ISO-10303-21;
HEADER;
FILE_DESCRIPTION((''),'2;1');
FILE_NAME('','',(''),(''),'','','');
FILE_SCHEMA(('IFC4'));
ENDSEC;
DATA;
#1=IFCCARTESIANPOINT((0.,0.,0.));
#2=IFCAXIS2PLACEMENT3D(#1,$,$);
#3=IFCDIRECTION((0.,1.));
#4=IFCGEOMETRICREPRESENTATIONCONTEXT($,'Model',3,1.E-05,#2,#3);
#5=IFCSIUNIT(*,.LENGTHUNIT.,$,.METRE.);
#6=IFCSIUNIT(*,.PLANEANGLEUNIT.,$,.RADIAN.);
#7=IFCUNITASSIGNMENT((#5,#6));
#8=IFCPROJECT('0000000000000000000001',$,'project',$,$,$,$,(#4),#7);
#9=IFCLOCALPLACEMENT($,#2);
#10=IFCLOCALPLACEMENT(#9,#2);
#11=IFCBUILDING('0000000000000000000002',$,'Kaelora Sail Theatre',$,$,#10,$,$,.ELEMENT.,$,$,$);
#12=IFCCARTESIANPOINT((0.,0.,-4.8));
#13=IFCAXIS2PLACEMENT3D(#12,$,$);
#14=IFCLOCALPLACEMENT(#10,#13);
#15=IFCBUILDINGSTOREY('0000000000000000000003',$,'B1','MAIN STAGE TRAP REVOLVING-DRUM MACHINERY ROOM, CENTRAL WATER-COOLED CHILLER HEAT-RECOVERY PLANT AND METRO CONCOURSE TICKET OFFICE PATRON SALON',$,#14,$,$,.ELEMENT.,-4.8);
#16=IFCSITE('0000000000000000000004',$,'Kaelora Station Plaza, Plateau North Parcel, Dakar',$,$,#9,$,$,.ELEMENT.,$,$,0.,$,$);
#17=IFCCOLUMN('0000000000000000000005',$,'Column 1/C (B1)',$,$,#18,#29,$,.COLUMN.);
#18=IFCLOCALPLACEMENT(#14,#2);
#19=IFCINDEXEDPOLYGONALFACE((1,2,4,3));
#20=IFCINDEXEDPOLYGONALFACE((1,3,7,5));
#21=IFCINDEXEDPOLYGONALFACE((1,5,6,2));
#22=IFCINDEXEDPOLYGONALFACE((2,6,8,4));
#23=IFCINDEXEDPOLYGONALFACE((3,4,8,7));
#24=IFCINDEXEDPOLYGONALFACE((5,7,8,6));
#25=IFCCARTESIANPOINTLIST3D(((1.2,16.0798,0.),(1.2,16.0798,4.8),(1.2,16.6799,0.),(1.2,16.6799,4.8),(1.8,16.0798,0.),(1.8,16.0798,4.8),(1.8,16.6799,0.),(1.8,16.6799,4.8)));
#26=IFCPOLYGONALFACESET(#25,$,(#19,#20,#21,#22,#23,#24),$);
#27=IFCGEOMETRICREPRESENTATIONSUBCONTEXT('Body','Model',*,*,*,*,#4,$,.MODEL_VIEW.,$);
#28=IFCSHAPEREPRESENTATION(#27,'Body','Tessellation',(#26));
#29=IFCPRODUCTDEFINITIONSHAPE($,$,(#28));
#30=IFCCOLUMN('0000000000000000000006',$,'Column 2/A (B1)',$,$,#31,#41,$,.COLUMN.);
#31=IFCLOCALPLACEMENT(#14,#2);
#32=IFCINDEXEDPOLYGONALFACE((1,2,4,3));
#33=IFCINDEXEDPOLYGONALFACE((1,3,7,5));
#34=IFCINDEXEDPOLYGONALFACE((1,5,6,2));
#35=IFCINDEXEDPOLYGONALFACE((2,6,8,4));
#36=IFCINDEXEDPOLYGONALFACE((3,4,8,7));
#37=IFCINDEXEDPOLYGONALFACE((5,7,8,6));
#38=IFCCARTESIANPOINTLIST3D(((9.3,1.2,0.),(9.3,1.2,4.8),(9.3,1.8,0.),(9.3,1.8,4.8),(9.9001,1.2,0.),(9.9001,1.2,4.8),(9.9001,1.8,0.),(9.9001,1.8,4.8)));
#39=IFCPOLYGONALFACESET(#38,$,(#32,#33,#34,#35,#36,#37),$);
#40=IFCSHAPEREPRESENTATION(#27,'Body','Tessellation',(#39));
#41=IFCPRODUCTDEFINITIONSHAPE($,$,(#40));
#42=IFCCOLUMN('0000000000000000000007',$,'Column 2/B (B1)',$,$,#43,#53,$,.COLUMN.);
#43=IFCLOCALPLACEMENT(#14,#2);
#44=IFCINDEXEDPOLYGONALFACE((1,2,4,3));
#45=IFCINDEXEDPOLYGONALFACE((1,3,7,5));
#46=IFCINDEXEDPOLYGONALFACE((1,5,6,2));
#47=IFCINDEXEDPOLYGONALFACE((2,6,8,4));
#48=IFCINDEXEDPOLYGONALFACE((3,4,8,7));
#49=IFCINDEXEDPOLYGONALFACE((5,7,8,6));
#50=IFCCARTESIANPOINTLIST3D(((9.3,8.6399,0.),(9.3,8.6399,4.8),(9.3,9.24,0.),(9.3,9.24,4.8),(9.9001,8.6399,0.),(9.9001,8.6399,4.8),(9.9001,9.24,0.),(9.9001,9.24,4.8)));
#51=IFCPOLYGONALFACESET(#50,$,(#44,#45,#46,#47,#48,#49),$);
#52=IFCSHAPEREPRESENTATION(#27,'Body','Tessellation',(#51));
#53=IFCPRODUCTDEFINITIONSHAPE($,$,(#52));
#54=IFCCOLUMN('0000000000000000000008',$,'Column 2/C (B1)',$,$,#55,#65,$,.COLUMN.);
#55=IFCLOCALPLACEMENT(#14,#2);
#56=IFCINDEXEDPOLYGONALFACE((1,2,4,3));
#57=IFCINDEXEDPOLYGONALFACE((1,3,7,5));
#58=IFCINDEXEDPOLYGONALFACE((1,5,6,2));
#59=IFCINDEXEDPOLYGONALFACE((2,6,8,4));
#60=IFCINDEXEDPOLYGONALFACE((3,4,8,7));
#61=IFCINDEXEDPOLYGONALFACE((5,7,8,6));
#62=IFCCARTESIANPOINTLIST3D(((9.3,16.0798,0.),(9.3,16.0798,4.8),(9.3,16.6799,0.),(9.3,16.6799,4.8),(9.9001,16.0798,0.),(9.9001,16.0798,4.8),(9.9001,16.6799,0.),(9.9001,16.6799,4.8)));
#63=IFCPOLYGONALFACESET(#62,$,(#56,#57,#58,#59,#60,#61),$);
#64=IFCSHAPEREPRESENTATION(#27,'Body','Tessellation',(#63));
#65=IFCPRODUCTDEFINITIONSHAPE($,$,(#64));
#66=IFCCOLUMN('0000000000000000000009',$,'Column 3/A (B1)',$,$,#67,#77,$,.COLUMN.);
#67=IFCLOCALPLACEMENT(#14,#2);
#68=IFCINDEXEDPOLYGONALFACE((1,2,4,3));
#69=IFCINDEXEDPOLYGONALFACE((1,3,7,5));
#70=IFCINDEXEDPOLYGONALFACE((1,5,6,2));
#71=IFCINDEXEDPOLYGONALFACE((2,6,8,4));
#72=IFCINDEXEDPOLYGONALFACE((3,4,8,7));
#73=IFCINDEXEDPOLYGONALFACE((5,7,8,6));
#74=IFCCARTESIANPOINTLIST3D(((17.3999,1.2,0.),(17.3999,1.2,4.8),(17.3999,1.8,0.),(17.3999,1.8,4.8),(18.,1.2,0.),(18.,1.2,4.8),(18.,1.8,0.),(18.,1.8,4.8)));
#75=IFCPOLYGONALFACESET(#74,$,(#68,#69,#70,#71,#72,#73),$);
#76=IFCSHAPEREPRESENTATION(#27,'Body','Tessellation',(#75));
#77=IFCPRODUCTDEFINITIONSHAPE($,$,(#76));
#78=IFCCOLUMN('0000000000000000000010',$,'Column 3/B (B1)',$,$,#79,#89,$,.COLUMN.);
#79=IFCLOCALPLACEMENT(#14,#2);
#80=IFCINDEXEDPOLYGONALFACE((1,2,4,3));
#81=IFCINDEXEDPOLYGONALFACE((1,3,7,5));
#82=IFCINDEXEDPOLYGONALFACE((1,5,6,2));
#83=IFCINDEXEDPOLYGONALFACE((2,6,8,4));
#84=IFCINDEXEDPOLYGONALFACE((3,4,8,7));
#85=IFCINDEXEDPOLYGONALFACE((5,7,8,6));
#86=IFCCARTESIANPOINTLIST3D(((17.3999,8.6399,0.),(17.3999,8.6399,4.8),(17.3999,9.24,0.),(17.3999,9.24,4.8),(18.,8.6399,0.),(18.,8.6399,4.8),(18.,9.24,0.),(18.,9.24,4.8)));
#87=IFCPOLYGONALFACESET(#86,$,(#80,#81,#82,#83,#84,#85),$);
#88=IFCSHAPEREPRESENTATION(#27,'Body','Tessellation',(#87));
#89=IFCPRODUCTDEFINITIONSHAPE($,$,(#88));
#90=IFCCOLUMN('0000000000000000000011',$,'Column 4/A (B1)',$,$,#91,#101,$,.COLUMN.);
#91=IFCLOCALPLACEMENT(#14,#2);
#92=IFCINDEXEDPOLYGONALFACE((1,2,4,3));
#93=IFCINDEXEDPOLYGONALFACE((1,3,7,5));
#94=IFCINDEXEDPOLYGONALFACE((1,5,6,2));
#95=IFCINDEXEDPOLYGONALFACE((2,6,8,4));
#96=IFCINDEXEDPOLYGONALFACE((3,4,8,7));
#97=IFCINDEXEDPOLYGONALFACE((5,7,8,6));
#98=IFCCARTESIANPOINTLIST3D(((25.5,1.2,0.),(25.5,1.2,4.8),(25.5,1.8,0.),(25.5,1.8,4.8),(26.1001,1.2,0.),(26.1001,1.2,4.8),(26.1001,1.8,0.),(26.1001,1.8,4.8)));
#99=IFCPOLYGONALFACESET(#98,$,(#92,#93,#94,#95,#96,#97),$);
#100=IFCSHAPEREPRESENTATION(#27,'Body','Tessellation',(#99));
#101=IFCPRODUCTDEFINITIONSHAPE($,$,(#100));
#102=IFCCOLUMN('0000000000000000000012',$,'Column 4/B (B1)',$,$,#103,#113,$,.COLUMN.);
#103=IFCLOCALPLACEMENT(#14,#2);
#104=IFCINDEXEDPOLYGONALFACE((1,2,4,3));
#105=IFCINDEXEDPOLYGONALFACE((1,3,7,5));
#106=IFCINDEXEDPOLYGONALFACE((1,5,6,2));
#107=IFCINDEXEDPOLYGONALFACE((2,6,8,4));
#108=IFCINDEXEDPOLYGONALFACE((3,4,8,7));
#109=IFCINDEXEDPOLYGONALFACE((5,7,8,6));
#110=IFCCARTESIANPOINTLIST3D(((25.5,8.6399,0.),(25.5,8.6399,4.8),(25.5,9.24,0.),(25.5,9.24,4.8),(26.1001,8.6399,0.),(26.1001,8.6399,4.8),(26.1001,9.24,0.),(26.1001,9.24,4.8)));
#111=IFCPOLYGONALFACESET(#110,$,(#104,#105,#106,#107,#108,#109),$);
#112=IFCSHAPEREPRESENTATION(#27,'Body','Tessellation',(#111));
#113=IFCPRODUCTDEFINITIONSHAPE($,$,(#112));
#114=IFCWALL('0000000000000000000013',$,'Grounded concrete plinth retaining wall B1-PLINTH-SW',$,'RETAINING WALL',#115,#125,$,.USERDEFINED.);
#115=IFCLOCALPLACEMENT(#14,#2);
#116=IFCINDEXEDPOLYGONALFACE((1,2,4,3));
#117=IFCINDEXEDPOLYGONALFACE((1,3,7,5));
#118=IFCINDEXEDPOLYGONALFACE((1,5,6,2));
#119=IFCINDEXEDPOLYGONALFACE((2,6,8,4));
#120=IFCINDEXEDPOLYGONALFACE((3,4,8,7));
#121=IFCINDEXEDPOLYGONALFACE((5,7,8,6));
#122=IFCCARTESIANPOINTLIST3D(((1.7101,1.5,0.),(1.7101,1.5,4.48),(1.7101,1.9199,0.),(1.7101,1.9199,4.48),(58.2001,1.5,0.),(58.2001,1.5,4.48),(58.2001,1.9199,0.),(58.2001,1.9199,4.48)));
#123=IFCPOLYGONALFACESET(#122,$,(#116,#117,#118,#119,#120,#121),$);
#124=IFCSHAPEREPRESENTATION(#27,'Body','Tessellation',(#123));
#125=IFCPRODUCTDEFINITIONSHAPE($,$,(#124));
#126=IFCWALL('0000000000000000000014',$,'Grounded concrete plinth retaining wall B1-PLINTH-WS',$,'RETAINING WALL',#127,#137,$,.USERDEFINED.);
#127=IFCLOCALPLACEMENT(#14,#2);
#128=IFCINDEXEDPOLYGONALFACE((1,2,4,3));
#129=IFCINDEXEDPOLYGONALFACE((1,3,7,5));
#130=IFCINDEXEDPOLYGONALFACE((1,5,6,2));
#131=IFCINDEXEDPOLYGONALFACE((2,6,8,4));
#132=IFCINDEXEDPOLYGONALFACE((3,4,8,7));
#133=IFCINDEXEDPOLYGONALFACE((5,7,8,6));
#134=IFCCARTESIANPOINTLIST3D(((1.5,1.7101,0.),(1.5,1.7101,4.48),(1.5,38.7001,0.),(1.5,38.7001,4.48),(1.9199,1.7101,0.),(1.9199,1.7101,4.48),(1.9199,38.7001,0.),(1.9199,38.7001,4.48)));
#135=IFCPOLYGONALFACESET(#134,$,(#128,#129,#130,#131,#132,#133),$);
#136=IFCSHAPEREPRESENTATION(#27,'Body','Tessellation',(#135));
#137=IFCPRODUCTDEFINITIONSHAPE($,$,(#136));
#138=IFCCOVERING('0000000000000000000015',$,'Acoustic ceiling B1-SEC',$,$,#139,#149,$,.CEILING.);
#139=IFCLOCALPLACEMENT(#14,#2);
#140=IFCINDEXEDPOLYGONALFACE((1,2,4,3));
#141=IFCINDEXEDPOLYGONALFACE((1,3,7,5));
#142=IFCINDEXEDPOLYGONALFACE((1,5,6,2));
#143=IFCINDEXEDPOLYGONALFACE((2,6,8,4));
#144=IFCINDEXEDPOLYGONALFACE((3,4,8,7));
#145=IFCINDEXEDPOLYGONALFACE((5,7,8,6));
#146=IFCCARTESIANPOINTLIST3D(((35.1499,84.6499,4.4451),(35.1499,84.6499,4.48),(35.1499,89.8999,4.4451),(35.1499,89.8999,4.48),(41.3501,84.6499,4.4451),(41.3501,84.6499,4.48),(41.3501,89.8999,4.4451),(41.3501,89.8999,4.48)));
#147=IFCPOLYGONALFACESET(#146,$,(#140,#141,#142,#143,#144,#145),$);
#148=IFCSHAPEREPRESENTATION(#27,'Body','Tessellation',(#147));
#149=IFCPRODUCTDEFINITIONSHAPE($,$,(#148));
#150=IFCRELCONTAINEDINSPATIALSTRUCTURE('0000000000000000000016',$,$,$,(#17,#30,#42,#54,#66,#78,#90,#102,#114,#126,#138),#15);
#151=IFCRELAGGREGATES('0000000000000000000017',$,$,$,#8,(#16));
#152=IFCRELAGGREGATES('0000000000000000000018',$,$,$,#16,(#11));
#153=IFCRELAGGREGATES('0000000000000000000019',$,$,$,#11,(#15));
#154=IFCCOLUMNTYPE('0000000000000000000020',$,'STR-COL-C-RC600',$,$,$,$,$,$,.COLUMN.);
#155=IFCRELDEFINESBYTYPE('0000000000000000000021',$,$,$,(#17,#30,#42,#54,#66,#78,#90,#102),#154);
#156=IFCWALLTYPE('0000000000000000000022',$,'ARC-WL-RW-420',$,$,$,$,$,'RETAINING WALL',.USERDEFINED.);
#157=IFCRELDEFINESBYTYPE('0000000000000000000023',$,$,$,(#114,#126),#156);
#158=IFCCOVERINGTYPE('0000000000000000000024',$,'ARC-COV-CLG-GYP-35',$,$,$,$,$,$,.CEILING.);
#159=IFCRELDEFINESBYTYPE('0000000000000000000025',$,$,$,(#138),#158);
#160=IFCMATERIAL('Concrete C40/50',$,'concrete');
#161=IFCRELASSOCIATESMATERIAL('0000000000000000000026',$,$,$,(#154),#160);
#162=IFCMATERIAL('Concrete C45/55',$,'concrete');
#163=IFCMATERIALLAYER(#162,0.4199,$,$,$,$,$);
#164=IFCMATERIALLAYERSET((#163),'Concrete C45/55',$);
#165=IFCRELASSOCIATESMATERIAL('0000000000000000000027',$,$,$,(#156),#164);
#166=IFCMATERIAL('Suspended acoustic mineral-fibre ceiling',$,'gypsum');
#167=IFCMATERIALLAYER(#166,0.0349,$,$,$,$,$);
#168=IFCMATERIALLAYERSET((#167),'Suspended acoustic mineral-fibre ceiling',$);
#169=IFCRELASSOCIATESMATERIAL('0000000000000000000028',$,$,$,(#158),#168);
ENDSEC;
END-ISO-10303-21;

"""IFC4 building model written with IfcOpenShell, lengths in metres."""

from ifc_helpers import new_model, si_unit, direction, frame, frame_2d, origin, origin_2d, place, context, subcontext, project, spatial, polyline, rectangle, outline, extrude, material, layer, layer_set, material_profile, profile_set, type_object, element, save


model = new_model("IFC4")

# Units and contexts
model_context = context("Model", 3, precision=1e-05, world=origin(), true_north=direction((0.0, 1.0)))
body_context = subcontext(model_context, "Body", "Model", "MODEL_VIEW")
ifc_project = project(units=[si_unit("LENGTHUNIT", "METRE"), si_unit("PLANEANGLEUNIT", "RADIAN")], contexts=[model_context])

# Site, building, storey
site_placement = place(None, origin())
site = spatial("IfcSite", under=ifc_project, at=site_placement, Name="Kaelora Station Plaza, Plateau North Parcel, Dakar", CompositionType="ELEMENT", RefElevation=0.0)
building_placement = place(site_placement, origin())
building = spatial("IfcBuilding", under=site, at=building_placement, Name="Kaelora Sail Theatre", CompositionType="ELEMENT")
storey_placement = place(building_placement, frame((0.0, 0.0, -4.8)))
storey = spatial("IfcBuildingStorey", under=building, at=storey_placement, Name="B1", Description="MAIN STAGE TRAP REVOLVING-DRUM MACHINERY ROOM, CENTRAL WATER-COOLED CHILLER HEAT-RECOVERY PLANT AND METRO CONCOURSE TICKET OFFICE PATRON SALON", CompositionType="ELEMENT", Elevation=-4.8)

# Columns
ifc_material_1 = material(Name="Concrete C40/50", Category="concrete")
ifc_material_profile_1 = material_profile(ifc_material_1, rectangle(XDim=0.6001, YDim=0.6001, at=origin_2d()), Name="RC-COL 600x600")
ifc_profile_set_1 = profile_set([ifc_material_profile_1], Name="Concrete C40/50")
column_type = type_object("IfcColumnType", Name="STR-COL-C-RC600", PredefinedType="COLUMN", material=ifc_profile_set_1)
for number, where, z_axis, x_axis, name in (
    (1, (1.5, 16.3799, 0.0), (0.0, 0.0, 1.0), (1.0, 0.0, 0.0), "Column 1/C (B1)"),
    (2, (9.6001, 1.5, 0.0), (0.0, 0.0, 1.0), (1.0, 0.0, 0.0), "Column 2/A (B1)"),
    (3, (9.6001, 8.9399, 0.0), (0.0, 0.0, 1.0), (1.0, 0.0, 0.0), "Column 2/B (B1)"),
    (4, (9.6001, 16.3799, 0.0), (0.0, 0.0, 1.0), (1.0, 0.0, 0.0), "Column 2/C (B1)"),
    (5, (17.7, 1.5, 0.0), (0.0, 0.0, 1.0), (1.0, 0.0, 0.0), "Column 3/A (B1)"),
    (6, (17.7, 8.9399, 0.0), (0.0, 0.0, 1.0), (1.0, 0.0, 0.0), "Column 3/B (B1)"),
    (7, (25.8, 1.5, 0.0), (0.0, 0.0, 1.0), (1.0, 0.0, 0.0), "Column 4/A (B1)"),
    (8, (25.8, 8.9399, 0.0), (0.0, 0.0, 1.0), (1.0, 0.0, 0.0), "Column 4/B (B1)"),
):
    element("IfcColumn", number, at=place(storey_placement, frame(where, z_axis=z_axis, x_axis=x_axis)), inside=storey, type_object=column_type, Name=name, PredefinedType="COLUMN", context=body_context, shape_type="SweptSolid", body=[
        extrude(rectangle(XDim=0.6001, YDim=0.6001, at=origin_2d()), origin(), (0.0, 0.0, 1.0), 4.8),
    ])

# Walls
ifc_material_2 = material(Name="Concrete C45/55", Category="concrete")
ifc_layer_1 = layer(ifc_material_2, 0.4199)
ifc_layer_set_1 = layer_set([ifc_layer_1], Name="Concrete C45/55")
wall_type = type_object("IfcWallType", Name="ARC-WL-RW-420", ElementType="RETAINING WALL", PredefinedType="USERDEFINED", material=ifc_layer_set_1)
wall_1_placement = place(storey_placement, frame((1.71, 1.71, 0.0), z_axis=(0.0, 0.0, 1.0), x_axis=(1.0, 0.0, 0.0)))
element("IfcWall", 9, at=wall_1_placement, inside=storey, type_object=wall_type, Name="Grounded concrete plinth retaining wall B1-PLINTH-SW", ObjectType="RETAINING WALL", PredefinedType="USERDEFINED", context=body_context, shape_type="SweptSolid", body=[
    extrude(rectangle(XDim=56.49, YDim=0.4199, at=frame_2d((28.2451, 0.0))), origin(), (0.0, 0.0, 1.0), 4.48),
])
wall_2_placement = place(storey_placement, frame((1.71, 1.71, 0.0), z_axis=(0.0, 0.0, 1.0), x_axis=(0.0, 1.0, 0.0)))
element("IfcWall", 10, at=wall_2_placement, inside=storey, type_object=wall_type, Name="Grounded concrete plinth retaining wall B1-PLINTH-WS", ObjectType="RETAINING WALL", PredefinedType="USERDEFINED", context=body_context, shape_type="SweptSolid", body=[
    extrude(rectangle(XDim=36.99, YDim=0.4199, at=frame_2d((18.4951, 0.0))), origin(), (0.0, 0.0, 1.0), 4.48),
])

# Covering
ifc_material_3 = material(Name="Suspended acoustic mineral-fibre ceiling", Category="gypsum")
ifc_layer_2 = layer(ifc_material_3, 0.0349)
ifc_layer_set_2 = layer_set([ifc_layer_2], Name="Suspended acoustic mineral-fibre ceiling")
covering_type = type_object("IfcCoveringType", Name="ARC-COV-CLG-GYP-35", PredefinedType="CEILING", material=ifc_layer_set_2)
covering_placement = place(storey_placement, frame((0.0, 0.0, 4.4451)))
element("IfcCovering", 11, at=covering_placement, inside=storey, type_object=covering_type, Name="Acoustic ceiling B1-SEC", PredefinedType="CEILING", context=body_context, shape_type="SweptSolid", body=[
    extrude(outline(polyline([(35.1499, 84.6499), (41.3501, 84.6499), (41.3501, 89.8999), (35.1499, 89.8999), (35.1499, 84.6499)])), origin(), (0.0, 0.0, 1.0), 0.0349),
])

save(model, "model.ifc")
